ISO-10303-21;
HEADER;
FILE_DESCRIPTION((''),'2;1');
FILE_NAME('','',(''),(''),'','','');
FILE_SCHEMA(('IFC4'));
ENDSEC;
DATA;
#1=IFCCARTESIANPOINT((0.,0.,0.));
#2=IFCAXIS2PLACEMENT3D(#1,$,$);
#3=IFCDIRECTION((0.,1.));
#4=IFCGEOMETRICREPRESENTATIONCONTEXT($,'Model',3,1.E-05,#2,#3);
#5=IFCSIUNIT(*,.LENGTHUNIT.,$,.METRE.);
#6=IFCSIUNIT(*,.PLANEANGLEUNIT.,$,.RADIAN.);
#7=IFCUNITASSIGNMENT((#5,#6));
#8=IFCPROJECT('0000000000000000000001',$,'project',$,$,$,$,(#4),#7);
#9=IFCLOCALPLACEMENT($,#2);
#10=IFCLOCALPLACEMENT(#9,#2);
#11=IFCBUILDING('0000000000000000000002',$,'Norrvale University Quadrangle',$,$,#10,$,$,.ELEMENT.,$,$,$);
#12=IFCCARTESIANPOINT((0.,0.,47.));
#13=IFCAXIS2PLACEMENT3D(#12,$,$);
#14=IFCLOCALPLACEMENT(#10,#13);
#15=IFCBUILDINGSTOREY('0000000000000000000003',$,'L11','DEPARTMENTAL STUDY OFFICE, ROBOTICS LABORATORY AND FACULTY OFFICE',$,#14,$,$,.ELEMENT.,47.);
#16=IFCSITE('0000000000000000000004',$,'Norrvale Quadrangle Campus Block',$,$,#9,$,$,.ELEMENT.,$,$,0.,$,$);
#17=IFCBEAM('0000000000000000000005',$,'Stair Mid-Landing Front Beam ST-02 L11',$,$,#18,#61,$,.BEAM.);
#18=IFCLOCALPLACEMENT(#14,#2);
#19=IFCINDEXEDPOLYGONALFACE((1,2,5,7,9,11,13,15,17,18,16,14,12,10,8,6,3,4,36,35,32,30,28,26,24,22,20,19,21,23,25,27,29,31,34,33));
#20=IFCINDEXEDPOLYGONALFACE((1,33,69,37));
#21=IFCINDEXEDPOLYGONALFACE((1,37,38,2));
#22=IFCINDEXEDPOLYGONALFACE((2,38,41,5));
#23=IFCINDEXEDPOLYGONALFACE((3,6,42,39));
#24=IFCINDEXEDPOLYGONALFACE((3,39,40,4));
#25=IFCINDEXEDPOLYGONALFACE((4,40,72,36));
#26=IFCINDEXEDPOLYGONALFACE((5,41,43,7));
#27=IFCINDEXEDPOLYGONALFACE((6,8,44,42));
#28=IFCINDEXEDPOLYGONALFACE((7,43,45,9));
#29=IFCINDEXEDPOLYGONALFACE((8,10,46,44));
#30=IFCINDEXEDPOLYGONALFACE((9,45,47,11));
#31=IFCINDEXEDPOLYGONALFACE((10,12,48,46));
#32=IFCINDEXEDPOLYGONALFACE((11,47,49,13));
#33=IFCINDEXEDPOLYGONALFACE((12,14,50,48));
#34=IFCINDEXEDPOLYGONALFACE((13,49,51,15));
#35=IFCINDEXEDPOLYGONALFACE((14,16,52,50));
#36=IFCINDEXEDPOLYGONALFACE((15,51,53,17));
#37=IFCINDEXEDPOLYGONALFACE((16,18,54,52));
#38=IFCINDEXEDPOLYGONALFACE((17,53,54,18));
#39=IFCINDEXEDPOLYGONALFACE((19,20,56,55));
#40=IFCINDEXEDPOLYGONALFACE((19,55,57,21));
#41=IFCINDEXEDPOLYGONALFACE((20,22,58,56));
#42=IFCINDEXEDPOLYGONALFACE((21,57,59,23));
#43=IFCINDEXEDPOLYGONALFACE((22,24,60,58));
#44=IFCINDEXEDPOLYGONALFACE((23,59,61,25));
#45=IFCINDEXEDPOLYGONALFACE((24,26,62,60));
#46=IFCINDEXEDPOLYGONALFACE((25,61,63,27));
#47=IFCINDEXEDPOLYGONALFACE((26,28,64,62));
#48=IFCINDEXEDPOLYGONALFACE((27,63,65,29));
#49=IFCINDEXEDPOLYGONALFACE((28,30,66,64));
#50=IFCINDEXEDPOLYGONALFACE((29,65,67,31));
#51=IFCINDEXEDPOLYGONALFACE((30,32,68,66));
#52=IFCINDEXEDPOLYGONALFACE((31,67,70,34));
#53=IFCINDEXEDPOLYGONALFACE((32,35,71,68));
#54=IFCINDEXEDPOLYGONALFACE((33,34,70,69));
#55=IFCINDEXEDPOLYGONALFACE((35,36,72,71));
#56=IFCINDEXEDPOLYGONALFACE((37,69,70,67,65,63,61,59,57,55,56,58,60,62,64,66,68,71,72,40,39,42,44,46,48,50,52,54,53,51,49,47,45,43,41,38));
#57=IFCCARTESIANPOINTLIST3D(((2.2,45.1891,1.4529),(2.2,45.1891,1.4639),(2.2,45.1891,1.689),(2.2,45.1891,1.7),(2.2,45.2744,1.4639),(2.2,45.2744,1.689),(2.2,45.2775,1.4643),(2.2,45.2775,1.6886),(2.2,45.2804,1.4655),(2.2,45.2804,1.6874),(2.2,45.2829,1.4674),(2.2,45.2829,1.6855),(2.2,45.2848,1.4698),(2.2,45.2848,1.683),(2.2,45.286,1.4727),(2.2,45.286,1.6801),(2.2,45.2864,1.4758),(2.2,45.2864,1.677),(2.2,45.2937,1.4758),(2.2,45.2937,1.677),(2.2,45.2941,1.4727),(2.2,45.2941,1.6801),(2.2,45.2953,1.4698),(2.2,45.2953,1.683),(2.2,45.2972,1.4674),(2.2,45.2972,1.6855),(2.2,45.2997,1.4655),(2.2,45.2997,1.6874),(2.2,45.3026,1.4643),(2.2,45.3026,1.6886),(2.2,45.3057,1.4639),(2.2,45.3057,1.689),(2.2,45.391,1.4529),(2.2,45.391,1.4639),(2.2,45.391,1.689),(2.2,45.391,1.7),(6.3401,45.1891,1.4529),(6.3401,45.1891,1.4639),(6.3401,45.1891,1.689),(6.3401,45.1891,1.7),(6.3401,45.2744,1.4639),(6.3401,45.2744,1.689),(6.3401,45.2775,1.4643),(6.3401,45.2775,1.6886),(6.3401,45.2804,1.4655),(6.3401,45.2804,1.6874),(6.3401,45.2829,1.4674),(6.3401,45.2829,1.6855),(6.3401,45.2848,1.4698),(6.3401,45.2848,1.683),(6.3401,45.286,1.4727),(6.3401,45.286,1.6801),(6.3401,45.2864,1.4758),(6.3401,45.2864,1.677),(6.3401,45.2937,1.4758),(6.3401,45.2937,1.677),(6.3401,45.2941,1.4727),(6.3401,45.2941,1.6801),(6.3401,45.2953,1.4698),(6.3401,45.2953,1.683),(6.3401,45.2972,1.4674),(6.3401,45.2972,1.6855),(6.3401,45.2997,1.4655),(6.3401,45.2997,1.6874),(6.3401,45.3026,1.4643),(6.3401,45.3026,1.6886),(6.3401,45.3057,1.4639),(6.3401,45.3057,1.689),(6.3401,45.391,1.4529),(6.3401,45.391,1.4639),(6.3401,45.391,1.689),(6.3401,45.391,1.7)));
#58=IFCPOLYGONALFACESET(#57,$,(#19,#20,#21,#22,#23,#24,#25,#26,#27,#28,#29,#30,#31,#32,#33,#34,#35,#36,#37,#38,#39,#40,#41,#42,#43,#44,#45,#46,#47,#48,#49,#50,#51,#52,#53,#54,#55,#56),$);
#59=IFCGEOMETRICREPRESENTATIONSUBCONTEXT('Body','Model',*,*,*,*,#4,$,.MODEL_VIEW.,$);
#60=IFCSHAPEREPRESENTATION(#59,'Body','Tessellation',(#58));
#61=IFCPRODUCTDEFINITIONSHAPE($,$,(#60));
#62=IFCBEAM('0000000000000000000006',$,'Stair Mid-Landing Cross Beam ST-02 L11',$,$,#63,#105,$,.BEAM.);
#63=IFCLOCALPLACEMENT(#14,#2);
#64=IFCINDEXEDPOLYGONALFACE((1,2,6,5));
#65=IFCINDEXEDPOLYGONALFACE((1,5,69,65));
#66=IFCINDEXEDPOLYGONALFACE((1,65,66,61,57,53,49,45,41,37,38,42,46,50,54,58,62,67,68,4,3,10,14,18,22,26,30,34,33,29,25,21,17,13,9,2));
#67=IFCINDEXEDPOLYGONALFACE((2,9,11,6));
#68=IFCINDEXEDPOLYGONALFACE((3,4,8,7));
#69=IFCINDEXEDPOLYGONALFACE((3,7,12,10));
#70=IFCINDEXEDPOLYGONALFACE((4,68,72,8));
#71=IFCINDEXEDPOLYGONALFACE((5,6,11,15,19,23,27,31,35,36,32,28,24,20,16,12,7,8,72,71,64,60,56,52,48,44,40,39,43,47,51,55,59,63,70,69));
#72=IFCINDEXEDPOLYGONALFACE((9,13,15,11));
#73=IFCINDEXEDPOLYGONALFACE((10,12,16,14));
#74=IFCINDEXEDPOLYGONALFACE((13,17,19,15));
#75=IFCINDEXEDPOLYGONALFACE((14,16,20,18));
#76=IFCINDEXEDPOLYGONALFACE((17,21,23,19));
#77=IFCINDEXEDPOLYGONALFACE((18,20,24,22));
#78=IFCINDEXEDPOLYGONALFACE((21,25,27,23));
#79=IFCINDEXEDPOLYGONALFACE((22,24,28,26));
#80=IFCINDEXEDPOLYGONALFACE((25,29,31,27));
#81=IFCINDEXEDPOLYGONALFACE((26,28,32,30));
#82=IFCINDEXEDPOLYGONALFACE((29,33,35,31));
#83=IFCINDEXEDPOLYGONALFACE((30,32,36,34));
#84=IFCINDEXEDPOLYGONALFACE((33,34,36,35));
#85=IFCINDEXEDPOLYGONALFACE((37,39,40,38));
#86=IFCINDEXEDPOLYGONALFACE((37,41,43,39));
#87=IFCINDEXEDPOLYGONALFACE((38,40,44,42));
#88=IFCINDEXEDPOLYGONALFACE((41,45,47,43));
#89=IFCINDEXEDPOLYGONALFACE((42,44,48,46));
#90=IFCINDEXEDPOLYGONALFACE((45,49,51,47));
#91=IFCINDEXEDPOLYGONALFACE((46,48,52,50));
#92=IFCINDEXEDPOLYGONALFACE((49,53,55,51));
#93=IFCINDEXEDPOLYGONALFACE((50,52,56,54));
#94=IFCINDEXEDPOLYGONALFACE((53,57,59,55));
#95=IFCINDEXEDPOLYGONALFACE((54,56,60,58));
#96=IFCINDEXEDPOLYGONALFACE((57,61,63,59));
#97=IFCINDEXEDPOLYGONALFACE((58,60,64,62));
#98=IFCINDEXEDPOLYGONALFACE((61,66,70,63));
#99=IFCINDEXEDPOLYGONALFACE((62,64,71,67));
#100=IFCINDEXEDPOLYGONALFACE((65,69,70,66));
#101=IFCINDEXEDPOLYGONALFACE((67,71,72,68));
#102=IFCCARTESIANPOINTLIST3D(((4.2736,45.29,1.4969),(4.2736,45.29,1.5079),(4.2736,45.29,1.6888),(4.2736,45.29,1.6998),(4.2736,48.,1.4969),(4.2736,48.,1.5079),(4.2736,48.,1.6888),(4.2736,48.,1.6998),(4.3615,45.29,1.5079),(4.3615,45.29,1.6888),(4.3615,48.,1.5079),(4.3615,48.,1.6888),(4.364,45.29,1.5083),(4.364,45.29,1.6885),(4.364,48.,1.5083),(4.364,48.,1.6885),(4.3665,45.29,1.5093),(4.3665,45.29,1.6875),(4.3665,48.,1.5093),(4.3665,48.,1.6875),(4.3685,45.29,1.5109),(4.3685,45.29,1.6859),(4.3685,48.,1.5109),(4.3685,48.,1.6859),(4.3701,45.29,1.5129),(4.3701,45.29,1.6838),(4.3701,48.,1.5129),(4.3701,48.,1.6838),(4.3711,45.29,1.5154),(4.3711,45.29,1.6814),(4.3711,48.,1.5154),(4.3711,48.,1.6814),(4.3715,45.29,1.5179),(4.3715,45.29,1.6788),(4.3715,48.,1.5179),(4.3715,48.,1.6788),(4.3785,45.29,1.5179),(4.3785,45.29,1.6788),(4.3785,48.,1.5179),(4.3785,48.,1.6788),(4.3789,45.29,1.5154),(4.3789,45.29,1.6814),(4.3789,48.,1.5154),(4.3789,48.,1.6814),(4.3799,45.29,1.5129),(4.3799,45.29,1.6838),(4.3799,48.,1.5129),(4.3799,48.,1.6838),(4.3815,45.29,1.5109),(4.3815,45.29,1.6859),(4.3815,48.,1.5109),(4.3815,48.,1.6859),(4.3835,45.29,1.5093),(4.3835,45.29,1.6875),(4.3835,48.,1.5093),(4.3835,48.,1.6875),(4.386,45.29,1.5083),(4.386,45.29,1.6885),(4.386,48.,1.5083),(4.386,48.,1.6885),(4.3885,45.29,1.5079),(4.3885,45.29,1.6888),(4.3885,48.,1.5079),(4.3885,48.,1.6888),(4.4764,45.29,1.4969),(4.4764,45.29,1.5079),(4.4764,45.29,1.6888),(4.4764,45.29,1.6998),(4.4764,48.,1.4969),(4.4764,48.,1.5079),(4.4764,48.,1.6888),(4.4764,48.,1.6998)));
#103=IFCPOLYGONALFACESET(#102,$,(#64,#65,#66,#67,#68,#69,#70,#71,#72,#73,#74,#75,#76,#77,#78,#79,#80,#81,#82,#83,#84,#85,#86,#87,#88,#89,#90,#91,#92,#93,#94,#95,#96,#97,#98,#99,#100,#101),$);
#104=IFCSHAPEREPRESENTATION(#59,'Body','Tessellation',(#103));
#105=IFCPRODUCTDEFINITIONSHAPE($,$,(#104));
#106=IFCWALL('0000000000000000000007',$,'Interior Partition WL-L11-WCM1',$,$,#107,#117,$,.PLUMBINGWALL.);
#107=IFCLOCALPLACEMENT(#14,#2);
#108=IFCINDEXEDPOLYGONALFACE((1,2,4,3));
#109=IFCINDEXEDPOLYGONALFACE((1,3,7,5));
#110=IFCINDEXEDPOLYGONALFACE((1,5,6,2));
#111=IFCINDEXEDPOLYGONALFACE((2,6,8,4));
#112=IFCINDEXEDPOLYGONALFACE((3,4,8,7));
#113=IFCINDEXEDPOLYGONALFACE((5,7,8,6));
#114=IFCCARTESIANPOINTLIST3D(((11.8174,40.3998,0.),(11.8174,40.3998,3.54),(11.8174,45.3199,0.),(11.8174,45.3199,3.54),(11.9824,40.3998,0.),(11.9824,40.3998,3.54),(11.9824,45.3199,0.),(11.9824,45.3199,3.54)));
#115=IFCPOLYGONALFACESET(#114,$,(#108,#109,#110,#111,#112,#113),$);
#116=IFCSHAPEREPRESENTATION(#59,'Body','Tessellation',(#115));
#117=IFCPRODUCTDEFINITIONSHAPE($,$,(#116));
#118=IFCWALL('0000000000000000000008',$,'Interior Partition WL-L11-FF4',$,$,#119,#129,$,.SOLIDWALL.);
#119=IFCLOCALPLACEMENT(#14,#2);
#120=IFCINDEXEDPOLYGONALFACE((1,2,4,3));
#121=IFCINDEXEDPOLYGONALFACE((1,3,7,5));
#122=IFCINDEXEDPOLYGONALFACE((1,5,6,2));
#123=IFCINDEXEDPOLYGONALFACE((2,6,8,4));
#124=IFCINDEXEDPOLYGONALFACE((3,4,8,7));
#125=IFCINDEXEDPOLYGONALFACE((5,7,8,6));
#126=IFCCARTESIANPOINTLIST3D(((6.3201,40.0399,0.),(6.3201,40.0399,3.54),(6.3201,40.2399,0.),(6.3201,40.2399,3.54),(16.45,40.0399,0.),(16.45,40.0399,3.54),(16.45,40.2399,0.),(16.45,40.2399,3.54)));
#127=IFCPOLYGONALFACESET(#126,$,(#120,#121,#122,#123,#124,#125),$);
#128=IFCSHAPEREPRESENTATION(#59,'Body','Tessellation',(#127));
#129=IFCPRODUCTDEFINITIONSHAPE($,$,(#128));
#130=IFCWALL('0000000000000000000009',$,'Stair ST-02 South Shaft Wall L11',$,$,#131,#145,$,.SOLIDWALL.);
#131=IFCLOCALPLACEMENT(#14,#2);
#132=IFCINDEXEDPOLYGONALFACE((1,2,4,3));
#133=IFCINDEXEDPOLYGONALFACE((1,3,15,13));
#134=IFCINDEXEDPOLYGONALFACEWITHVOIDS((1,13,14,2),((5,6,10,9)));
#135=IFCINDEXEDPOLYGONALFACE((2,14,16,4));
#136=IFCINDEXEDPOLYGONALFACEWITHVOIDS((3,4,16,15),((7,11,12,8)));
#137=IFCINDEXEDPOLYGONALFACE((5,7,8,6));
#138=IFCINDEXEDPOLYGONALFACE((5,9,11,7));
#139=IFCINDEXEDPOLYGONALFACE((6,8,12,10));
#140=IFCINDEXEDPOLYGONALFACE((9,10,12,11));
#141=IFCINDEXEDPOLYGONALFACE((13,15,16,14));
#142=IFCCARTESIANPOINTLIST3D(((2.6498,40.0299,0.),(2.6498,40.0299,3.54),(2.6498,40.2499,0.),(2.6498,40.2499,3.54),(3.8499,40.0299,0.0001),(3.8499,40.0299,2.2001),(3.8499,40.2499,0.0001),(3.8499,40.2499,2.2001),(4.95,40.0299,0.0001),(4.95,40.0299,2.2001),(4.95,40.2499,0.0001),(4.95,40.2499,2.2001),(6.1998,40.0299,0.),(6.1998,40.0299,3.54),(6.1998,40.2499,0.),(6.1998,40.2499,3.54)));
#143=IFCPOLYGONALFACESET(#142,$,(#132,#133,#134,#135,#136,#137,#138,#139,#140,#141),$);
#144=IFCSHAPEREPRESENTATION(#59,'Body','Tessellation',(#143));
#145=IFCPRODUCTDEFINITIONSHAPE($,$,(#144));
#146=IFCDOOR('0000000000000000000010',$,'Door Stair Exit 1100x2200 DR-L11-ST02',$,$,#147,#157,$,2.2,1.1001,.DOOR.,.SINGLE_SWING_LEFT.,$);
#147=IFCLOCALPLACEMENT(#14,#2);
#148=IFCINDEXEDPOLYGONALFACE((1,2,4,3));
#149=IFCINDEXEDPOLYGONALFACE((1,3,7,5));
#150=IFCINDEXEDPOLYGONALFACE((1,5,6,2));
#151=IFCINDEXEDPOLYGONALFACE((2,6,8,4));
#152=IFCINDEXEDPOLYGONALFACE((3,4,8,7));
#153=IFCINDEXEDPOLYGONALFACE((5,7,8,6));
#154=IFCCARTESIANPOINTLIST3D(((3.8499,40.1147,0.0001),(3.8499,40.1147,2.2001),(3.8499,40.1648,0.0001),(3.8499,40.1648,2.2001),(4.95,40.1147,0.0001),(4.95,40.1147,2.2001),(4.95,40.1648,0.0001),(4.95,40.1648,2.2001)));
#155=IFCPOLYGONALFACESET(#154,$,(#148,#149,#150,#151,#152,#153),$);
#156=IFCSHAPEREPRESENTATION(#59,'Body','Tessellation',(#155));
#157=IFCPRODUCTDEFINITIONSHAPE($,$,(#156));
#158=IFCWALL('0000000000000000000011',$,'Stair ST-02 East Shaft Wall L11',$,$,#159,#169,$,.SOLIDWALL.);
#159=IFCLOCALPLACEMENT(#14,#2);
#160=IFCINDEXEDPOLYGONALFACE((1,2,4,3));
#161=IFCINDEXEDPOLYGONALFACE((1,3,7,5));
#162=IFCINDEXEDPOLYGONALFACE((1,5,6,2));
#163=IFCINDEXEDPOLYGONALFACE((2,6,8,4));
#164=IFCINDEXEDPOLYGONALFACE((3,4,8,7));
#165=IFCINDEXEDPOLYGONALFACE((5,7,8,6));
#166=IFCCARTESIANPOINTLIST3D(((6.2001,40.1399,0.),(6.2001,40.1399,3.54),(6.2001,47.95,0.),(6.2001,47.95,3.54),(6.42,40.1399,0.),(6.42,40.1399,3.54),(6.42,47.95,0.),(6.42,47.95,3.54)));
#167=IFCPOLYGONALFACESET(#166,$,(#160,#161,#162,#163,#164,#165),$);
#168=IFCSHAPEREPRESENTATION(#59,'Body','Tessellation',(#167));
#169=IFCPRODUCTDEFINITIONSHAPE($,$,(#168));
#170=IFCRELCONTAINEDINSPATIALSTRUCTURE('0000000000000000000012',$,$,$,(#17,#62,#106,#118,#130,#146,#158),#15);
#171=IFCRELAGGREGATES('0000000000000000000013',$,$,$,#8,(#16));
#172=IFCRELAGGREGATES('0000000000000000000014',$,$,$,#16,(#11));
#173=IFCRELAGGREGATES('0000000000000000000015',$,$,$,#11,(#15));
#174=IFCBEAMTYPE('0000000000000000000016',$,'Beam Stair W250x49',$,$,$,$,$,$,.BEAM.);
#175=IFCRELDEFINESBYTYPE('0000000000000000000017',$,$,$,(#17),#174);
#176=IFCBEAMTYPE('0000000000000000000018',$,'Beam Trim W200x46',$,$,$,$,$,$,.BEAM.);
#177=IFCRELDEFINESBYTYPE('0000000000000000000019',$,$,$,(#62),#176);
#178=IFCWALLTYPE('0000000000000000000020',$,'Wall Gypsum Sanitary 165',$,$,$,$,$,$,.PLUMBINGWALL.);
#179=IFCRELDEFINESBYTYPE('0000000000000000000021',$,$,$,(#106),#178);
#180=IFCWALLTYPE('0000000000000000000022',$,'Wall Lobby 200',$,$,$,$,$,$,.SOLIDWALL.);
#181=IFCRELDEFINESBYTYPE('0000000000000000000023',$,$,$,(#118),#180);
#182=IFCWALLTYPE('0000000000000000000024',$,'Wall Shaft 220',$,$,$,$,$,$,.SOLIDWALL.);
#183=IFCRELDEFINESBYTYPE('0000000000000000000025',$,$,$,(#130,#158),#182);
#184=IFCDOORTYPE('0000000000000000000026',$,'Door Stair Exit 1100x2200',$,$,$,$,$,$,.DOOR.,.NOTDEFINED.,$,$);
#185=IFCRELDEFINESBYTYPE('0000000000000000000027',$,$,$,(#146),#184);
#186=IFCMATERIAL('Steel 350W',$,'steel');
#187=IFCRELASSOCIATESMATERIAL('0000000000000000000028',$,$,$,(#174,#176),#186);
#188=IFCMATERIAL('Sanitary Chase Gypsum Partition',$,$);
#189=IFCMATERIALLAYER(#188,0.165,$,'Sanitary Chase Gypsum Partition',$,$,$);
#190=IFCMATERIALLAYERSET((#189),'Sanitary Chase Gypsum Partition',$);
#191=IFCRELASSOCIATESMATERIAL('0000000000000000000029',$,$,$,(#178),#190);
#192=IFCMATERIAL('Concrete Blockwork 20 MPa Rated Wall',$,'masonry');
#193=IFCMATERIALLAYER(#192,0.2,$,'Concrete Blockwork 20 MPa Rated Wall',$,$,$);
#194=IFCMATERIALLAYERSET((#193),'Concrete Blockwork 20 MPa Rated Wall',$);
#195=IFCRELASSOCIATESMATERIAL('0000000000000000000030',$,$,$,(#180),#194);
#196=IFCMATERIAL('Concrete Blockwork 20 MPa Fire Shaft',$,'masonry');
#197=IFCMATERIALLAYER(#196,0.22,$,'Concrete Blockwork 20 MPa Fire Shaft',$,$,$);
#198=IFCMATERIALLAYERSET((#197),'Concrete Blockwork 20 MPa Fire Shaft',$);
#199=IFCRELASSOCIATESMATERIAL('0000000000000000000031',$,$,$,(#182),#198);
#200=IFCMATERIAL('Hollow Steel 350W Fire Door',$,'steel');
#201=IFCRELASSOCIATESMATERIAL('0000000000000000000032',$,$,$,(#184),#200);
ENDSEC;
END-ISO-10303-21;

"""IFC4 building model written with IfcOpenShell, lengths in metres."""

from ifc_helpers import new_model, si_unit, direction, frame, frame_2d, origin, origin_2d, place, context, subcontext, project, spatial, rectangle, i_section, extrude, material, layer, layer_set, material_profile, profile_set, type_object, element, fill, save


model = new_model("IFC4")

# Units and contexts
model_context = context("Model", 3, precision=1e-05, world=origin(), true_north=direction((0.0, 1.0)))
body_context = subcontext(model_context, "Body", "Model", "MODEL_VIEW")
ifc_project = project(units=[si_unit("LENGTHUNIT", "METRE"), si_unit("PLANEANGLEUNIT", "RADIAN")], contexts=[model_context])

# Site, building, storey
site_placement = place(None, origin())
site = spatial("IfcSite", under=ifc_project, at=site_placement, Name="Norrvale Quadrangle Campus Block", CompositionType="ELEMENT", RefElevation=0.0)
building_placement = place(site_placement, origin())
building = spatial("IfcBuilding", under=site, at=building_placement, Name="Norrvale University Quadrangle", CompositionType="ELEMENT")
storey_placement = place(building_placement, frame((0.0, 0.0, 47.0)))
storey = spatial("IfcBuildingStorey", under=building, at=storey_placement, Name="L11", Description="DEPARTMENTAL STUDY OFFICE, ROBOTICS LABORATORY AND FACULTY OFFICE", CompositionType="ELEMENT", Elevation=47.0)

# Beams
ifc_material_1 = material(Name="Steel 350W", Category="steel")
ifc_material_profile_1 = material_profile(ifc_material_1, i_section(OverallWidth=0.2019, OverallDepth=0.2471, WebThickness=0.0073, FlangeThickness=0.011, FilletRadius=0.012, at=origin_2d()), Name="Steel 350W")
ifc_profile_set_1 = profile_set([ifc_material_profile_1], Name="Steel 350W")
beam_type_1 = type_object("IfcBeamType", Name="Beam Stair W250x49", PredefinedType="BEAM", material=ifc_profile_set_1)
beam_1_placement = place(storey_placement, frame((2.2, 45.29, 1.5764), z_axis=(1.0, 0.0, 0.0), x_axis=(0.0, 1.0, 0.0)))
element("IfcBeam", 1, at=beam_1_placement, inside=storey, type_object=beam_type_1, Name="Stair Mid-Landing Front Beam ST-02 L11", PredefinedType="BEAM", context=body_context, shape_type="SweptSolid", body=[
    extrude(i_section(OverallWidth=0.2019, OverallDepth=0.2471, WebThickness=0.0073, FlangeThickness=0.011, FilletRadius=0.012, at=origin_2d()), origin(), (0.0, 0.0, 1.0), 4.1401),
])
ifc_material_profile_2 = material_profile(ifc_material_1, i_section(OverallWidth=0.2029, OverallDepth=0.2029, WebThickness=0.0071, FlangeThickness=0.011, FilletRadius=0.01, at=origin_2d()), Name="Steel 350W")
ifc_profile_set_2 = profile_set([ifc_material_profile_2], Name="Steel 350W")
beam_type_2 = type_object("IfcBeamType", Name="Beam Trim W200x46", PredefinedType="BEAM", material=ifc_profile_set_2)
beam_2_placement = place(storey_placement, frame((4.375, 45.29, 1.5984), z_axis=(0.0, 1.0, 0.0), x_axis=(-1.0, 0.0, 0.0)))
element("IfcBeam", 2, at=beam_2_placement, inside=storey, type_object=beam_type_2, Name="Stair Mid-Landing Cross Beam ST-02 L11", PredefinedType="BEAM", context=body_context, shape_type="SweptSolid", body=[
    extrude(i_section(OverallWidth=0.2029, OverallDepth=0.2029, WebThickness=0.0071, FlangeThickness=0.011, FilletRadius=0.01, at=origin_2d()), origin(), (0.0, 0.0, 1.0), 2.71),
])

# Walls
ifc_material_2 = material(Name="Sanitary Chase Gypsum Partition")
ifc_layer_1 = layer(ifc_material_2, 0.165, Name="Sanitary Chase Gypsum Partition")
ifc_layer_set_1 = layer_set([ifc_layer_1], Name="Sanitary Chase Gypsum Partition")
wall_type_1 = type_object("IfcWallType", Name="Wall Gypsum Sanitary 165", PredefinedType="PLUMBINGWALL", material=ifc_layer_set_1)
wall_1_placement = place(storey_placement, frame((11.8999, 40.3999, 0.0), z_axis=(0.0, 0.0, 1.0), x_axis=(0.0, 1.0, 0.0)))
element("IfcWall", 3, at=wall_1_placement, inside=storey, type_object=wall_type_1, Name="Interior Partition WL-L11-WCM1", PredefinedType="PLUMBINGWALL", context=body_context, shape_type="SweptSolid", body=[
    extrude(rectangle(XDim=4.9202, YDim=0.165, at=frame_2d((2.46, 0.0))), origin(), (0.0, 0.0, 1.0), 3.54),
])
ifc_material_3 = material(Name="Concrete Blockwork 20 MPa Rated Wall", Category="masonry")
ifc_layer_2 = layer(ifc_material_3, 0.2, Name="Concrete Blockwork 20 MPa Rated Wall")
ifc_layer_set_2 = layer_set([ifc_layer_2], Name="Concrete Blockwork 20 MPa Rated Wall")
wall_type_2 = type_object("IfcWallType", Name="Wall Lobby 200", PredefinedType="SOLIDWALL", material=ifc_layer_set_2)
wall_2_placement = place(storey_placement, frame((6.3201, 40.1399, 0.0), z_axis=(0.0, 0.0, 1.0), x_axis=(1.0, 0.0, 0.0)))
element("IfcWall", 4, at=wall_2_placement, inside=storey, type_object=wall_type_2, Name="Interior Partition WL-L11-FF4", PredefinedType="SOLIDWALL", context=body_context, shape_type="SweptSolid", body=[
    extrude(rectangle(XDim=10.1299, YDim=0.2, at=frame_2d((5.0649, 0.0))), origin(), (0.0, 0.0, 1.0), 3.54),
])

# Wall, opening, door
ifc_material_4 = material(Name="Concrete Blockwork 20 MPa Fire Shaft", Category="masonry")
ifc_layer_3 = layer(ifc_material_4, 0.22, Name="Concrete Blockwork 20 MPa Fire Shaft")
ifc_layer_set_3 = layer_set([ifc_layer_3], Name="Concrete Blockwork 20 MPa Fire Shaft")
wall_type_3 = type_object("IfcWallType", Name="Wall Shaft 220", PredefinedType="SOLIDWALL", material=ifc_layer_set_3)
wall_3_placement = place(storey_placement, frame((2.6499, 40.1399, 0.0), z_axis=(0.0, 0.0, 1.0), x_axis=(1.0, 0.0, 0.0)))
wall_3 = element("IfcWall", 5, at=wall_3_placement, inside=storey, type_object=wall_type_3, Name="Stair ST-02 South Shaft Wall L11", PredefinedType="SOLIDWALL", context=body_context, shape_type="SweptSolid", body=[
    extrude(rectangle(XDim=3.55, YDim=0.22, at=frame_2d((1.7749, 0.0))), origin(), (0.0, 0.0, 1.0), 3.54),
])
opening_placement = place(wall_3_placement, frame((1.2, 0.0, 0.0)))
opening = element("IfcOpeningElement", 6, at=opening_placement, cuts=wall_3, PredefinedType="OPENING", context=body_context, shape_type="SweptSolid", body=[
    extrude(rectangle(XDim=1.1001, YDim=2.2, at=frame_2d((0.55, 1.1001))), frame((0.0, 0.1221, 0.0), z_axis=(0.0, -1.0, 0.0), x_axis=(1.0, 0.0, 0.0)), (0.0, 0.0, 1.0), 0.2439),
])
ifc_material_5 = material(Name="Hollow Steel 350W Fire Door", Category="steel")
door_type = type_object("IfcDoorType", Name="Door Stair Exit 1100x2200", OperationType="NOTDEFINED", PredefinedType="DOOR", material=ifc_material_5)
door_placement = place(opening_placement, origin())
door = element("IfcDoor", 7, at=door_placement, inside=storey, type_object=door_type, Name="Door Stair Exit 1100x2200 DR-L11-ST02", OperationType="SINGLE_SWING_LEFT", OverallHeight=2.2, OverallWidth=1.1001, PredefinedType="DOOR", context=body_context, shape_type="SweptSolid", body=[
    extrude(rectangle(XDim=1.1001, YDim=2.2, at=frame_2d((0.55, 1.1001))), frame((0.0, 0.0249, 0.0), z_axis=(0.0, -1.0, 0.0), x_axis=(1.0, 0.0, 0.0)), (0.0, 0.0, 1.0), 0.05),
])
fill(opening, door)

# Wall
wall_4_placement = place(storey_placement, frame((6.3101, 40.1399, 0.0), z_axis=(0.0, 0.0, 1.0), x_axis=(0.0, 1.0, 0.0)))
element("IfcWall", 8, at=wall_4_placement, inside=storey, type_object=wall_type_3, Name="Stair ST-02 East Shaft Wall L11", PredefinedType="SOLIDWALL", context=body_context, shape_type="SweptSolid", body=[
    extrude(rectangle(XDim=7.8101, YDim=0.22, at=frame_2d((3.905, 0.0))), origin(), (0.0, 0.0, 1.0), 3.54),
])

save(model, "model.ifc")
